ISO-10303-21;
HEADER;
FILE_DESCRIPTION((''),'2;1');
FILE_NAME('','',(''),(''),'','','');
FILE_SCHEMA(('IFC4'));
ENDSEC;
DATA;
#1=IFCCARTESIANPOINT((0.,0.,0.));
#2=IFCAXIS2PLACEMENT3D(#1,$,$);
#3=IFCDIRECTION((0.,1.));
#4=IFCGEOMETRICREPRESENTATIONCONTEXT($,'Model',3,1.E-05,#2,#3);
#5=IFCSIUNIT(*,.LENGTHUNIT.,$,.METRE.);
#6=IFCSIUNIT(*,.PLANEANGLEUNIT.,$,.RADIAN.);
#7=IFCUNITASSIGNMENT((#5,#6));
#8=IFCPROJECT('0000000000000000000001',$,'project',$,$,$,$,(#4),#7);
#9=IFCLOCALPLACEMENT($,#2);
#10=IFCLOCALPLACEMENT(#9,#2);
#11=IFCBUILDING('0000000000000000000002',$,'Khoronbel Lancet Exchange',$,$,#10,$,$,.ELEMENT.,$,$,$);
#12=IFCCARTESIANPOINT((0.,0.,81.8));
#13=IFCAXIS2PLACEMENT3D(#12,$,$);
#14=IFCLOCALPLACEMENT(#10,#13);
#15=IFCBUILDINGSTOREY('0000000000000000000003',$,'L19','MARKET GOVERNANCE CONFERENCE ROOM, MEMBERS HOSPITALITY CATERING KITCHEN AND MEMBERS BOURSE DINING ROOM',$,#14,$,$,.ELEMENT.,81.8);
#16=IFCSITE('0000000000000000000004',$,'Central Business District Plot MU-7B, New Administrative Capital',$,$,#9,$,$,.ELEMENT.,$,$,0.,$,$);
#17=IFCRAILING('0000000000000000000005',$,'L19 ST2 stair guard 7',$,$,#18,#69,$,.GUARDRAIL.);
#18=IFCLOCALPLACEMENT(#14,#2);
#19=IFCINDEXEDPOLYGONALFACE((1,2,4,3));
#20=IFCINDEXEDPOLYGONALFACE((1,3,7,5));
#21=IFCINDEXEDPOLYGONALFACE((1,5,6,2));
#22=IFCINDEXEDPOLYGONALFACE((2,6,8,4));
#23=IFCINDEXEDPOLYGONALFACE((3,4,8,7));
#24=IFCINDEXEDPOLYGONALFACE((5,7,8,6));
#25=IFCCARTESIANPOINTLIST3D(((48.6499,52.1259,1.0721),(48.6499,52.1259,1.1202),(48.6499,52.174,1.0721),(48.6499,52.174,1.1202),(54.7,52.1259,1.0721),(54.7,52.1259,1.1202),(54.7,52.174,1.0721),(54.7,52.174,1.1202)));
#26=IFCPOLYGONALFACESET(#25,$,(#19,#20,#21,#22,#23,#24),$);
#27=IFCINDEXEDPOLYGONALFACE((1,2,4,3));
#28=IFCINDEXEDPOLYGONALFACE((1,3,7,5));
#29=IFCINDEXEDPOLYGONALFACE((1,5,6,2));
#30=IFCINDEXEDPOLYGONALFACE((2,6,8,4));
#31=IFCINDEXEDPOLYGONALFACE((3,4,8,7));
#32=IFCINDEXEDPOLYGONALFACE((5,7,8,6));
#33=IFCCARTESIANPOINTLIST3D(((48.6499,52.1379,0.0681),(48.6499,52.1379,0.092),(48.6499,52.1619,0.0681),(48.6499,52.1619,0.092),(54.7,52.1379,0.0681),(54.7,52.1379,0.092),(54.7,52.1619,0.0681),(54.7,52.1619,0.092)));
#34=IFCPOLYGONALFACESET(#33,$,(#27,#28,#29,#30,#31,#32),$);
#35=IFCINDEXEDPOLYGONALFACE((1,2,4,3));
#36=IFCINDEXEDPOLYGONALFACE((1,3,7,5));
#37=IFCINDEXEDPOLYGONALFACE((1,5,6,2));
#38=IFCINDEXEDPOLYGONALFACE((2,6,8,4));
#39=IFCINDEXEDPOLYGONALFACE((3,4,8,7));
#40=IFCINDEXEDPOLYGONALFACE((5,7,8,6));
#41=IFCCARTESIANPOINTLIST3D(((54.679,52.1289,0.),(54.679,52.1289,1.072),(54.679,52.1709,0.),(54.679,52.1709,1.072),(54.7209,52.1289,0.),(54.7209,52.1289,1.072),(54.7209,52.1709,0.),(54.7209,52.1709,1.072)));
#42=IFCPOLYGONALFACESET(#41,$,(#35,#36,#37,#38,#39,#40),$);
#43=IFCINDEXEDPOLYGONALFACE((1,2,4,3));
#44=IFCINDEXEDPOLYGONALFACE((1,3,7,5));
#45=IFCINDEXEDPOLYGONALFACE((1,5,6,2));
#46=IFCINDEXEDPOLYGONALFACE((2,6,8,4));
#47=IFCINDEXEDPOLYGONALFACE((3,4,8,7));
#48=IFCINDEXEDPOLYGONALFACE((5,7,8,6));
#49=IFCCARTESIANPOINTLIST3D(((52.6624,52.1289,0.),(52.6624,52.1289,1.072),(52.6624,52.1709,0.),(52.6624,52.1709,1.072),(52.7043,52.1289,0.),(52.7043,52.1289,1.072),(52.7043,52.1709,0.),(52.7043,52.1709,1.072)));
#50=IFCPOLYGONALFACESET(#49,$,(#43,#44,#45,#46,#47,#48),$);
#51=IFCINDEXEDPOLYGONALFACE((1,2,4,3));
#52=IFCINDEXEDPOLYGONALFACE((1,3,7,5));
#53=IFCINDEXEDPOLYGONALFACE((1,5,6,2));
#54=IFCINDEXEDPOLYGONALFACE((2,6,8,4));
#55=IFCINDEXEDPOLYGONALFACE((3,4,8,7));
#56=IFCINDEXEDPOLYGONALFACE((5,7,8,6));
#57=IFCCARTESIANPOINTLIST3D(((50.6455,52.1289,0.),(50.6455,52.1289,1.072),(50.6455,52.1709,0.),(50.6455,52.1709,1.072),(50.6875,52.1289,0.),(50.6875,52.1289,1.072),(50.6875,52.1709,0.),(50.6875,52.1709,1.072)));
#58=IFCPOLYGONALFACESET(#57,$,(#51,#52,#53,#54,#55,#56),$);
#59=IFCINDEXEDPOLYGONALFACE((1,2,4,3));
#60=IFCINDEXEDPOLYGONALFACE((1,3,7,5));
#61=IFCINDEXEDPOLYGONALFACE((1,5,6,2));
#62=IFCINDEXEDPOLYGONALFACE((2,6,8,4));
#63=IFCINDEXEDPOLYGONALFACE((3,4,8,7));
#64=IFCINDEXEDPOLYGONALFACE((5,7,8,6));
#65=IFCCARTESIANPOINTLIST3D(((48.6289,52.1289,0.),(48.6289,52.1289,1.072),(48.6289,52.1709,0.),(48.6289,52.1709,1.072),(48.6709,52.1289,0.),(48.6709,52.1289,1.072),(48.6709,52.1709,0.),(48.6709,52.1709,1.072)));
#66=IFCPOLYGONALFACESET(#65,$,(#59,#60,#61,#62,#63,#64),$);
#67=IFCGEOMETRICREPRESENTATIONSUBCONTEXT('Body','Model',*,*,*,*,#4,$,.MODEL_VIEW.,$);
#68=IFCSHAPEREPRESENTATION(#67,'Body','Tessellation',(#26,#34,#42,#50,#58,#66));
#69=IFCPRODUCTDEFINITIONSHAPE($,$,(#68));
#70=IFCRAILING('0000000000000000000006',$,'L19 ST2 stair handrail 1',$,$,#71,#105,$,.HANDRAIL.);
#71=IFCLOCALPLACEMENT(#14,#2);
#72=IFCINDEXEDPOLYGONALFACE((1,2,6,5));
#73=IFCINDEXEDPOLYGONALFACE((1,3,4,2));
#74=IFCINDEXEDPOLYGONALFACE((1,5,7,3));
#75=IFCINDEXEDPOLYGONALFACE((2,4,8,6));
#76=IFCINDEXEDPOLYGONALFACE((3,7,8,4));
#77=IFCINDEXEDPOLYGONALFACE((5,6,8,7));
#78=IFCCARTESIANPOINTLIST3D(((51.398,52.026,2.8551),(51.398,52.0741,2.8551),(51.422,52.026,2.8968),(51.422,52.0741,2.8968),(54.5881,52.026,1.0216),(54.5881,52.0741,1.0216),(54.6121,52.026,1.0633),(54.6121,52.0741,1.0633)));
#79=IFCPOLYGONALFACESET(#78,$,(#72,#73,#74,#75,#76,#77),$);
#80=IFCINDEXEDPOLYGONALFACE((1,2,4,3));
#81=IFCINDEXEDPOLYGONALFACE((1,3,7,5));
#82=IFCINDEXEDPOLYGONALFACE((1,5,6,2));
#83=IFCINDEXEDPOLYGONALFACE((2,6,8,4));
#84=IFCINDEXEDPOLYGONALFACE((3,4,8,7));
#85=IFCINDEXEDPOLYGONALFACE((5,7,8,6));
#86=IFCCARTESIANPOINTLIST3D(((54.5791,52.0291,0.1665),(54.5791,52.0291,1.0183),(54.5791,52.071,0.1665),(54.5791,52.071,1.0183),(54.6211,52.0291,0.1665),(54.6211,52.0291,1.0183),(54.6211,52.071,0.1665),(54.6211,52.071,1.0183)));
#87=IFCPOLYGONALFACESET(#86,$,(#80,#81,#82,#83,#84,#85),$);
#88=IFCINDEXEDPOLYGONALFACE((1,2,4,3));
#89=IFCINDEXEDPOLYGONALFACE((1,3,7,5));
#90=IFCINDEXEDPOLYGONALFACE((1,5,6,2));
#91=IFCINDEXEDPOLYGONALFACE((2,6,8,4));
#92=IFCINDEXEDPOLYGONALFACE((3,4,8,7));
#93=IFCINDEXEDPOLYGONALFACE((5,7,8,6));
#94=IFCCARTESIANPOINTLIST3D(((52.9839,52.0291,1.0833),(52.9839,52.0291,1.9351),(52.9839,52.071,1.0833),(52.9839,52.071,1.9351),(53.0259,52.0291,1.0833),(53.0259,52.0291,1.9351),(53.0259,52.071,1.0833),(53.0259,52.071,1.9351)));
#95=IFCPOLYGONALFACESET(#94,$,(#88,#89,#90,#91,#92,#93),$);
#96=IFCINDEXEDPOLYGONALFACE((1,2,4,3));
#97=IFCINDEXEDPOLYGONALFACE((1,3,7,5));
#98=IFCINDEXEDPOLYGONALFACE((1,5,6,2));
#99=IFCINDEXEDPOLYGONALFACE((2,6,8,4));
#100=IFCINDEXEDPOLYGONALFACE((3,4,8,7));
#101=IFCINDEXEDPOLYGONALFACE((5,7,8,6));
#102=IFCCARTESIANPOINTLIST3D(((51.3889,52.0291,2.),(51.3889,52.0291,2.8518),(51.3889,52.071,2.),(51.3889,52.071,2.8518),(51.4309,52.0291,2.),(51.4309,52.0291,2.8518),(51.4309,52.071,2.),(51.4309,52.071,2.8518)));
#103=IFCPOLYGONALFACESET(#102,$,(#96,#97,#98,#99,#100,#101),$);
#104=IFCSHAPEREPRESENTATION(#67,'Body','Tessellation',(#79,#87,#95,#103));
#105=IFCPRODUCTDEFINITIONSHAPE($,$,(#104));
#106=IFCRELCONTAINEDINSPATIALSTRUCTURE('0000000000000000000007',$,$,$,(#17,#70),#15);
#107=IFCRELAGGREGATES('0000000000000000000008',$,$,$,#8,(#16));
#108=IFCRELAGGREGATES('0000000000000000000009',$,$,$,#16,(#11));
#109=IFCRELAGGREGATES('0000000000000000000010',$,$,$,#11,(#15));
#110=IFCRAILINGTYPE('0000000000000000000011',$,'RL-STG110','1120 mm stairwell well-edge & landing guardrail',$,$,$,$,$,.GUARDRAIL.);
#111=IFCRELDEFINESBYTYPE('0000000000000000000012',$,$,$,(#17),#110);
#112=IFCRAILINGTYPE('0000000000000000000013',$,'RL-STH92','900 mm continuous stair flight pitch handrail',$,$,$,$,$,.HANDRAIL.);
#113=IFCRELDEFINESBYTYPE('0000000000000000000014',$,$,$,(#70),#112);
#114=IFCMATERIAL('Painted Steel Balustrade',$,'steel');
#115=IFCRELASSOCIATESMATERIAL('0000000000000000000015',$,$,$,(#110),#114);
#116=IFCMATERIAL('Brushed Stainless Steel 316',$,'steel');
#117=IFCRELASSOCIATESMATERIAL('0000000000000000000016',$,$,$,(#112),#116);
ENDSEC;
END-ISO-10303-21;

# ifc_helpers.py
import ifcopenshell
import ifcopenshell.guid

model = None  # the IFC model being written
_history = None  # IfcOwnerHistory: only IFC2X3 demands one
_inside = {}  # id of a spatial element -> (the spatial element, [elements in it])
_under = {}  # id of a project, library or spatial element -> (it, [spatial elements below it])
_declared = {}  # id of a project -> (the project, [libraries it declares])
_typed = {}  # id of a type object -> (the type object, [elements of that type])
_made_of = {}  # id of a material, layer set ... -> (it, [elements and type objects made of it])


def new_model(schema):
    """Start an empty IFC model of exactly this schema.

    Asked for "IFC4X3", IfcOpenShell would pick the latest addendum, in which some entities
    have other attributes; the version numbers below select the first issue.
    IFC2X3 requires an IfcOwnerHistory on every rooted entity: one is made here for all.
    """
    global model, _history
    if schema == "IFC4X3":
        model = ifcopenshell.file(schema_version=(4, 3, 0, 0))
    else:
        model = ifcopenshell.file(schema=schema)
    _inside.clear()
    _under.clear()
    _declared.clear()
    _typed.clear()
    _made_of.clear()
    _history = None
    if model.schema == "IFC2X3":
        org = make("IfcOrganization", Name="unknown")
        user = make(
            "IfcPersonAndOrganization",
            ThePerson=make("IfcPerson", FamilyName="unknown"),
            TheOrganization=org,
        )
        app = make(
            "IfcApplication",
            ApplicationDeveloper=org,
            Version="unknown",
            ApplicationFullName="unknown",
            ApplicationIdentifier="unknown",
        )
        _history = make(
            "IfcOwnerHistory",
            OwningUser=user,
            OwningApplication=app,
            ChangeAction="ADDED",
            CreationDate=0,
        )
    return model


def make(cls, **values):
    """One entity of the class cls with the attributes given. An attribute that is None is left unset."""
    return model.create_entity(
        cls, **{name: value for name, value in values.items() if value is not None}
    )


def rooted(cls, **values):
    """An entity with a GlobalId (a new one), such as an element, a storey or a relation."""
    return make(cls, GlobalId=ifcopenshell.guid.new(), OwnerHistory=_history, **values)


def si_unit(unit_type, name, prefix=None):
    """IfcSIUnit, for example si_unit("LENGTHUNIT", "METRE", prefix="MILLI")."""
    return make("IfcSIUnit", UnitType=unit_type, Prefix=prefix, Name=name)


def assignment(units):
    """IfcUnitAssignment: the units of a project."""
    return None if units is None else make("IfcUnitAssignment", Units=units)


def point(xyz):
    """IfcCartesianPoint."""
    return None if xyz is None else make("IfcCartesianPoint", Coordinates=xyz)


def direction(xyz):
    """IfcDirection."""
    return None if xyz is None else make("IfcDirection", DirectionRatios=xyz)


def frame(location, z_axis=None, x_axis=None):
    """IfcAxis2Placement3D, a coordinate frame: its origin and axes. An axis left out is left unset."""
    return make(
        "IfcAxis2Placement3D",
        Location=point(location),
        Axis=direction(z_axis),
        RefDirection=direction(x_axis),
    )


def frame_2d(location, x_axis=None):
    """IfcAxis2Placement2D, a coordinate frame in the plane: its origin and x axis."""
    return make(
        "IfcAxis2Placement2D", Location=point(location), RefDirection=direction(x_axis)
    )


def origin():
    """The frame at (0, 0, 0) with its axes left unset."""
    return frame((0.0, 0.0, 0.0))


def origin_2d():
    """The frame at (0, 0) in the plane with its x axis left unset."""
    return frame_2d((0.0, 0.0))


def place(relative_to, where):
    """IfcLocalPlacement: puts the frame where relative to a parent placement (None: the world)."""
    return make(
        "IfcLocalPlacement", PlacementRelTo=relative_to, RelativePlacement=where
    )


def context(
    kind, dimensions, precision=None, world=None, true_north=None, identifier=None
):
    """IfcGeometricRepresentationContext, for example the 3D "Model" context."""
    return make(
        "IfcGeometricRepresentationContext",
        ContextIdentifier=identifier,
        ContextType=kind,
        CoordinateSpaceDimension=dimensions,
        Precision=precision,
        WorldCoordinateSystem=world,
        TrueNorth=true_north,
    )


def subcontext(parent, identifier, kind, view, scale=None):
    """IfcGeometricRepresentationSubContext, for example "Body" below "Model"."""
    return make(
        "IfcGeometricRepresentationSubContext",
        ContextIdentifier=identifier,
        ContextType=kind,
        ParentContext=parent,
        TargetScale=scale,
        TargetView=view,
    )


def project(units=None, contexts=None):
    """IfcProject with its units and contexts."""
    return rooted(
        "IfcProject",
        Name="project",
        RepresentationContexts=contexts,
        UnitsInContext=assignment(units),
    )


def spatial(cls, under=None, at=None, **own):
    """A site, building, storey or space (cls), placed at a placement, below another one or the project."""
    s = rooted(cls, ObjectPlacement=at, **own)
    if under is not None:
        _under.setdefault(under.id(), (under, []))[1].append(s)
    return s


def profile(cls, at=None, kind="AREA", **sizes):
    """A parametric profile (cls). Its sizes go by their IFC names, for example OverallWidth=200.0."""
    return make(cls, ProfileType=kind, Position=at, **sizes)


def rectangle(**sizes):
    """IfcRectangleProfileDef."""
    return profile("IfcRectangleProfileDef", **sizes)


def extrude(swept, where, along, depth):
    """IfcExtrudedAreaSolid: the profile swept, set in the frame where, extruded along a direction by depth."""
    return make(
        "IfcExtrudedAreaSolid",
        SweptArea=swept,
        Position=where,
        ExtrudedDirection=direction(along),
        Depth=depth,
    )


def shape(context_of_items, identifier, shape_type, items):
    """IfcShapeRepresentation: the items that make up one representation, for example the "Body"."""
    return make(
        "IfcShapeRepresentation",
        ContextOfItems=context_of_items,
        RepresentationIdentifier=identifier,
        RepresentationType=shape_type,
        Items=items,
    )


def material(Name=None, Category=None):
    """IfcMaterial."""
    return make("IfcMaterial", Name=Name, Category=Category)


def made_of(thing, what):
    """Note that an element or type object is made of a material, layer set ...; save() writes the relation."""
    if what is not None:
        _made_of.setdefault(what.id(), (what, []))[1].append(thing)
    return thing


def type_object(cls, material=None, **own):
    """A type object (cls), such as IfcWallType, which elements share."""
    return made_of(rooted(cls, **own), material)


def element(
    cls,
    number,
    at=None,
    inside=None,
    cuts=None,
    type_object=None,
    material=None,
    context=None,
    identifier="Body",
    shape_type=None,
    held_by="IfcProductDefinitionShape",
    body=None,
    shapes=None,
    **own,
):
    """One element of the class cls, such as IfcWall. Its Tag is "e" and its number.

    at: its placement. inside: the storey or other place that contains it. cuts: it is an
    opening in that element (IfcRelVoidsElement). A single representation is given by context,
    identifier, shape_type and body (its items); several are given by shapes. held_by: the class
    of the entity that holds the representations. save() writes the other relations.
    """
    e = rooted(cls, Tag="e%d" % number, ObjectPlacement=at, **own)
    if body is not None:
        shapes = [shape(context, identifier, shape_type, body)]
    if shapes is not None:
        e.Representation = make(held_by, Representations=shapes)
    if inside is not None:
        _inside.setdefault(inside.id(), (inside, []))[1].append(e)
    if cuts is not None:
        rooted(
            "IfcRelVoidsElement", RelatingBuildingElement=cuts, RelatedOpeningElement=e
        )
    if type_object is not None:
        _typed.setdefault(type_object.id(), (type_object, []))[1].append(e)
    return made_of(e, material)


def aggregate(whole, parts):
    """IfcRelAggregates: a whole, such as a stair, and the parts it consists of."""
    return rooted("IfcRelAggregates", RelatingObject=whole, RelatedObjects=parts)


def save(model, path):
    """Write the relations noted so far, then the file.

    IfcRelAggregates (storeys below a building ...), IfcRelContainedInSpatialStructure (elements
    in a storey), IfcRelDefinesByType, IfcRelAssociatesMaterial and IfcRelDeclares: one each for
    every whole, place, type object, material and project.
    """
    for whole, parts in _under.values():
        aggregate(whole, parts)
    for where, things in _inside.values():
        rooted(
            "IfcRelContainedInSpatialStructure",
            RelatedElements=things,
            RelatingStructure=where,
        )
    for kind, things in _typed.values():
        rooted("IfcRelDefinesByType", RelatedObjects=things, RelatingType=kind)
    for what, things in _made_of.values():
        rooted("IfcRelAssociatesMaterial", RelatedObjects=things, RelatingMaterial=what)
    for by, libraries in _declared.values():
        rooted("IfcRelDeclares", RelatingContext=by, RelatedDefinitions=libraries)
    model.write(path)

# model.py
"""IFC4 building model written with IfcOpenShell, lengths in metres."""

from ifc_helpers import new_model, si_unit, direction, frame, origin, origin_2d, place, context, subcontext, project, spatial, rectangle, extrude, material, type_object, element, save


model = new_model("IFC4")

# Units and contexts
model_context = context("Model", 3, precision=1e-05, world=origin(), true_north=direction((0.0, 1.0)))
body_context = subcontext(model_context, "Body", "Model", "MODEL_VIEW")
ifc_project = project(units=[si_unit("LENGTHUNIT", "METRE"), si_unit("PLANEANGLEUNIT", "RADIAN")], contexts=[model_context])

# Site, building, storey
site_placement = place(None, origin())
site = spatial("IfcSite", under=ifc_project, at=site_placement, Name="Central Business District Plot MU-7B, New Administrative Capital", CompositionType="ELEMENT", RefElevation=0.0)
building_placement = place(site_placement, origin())
building = spatial("IfcBuilding", under=site, at=building_placement, Name="Khoronbel Lancet Exchange", CompositionType="ELEMENT")
storey_placement = place(building_placement, frame((0.0, 0.0, 81.8)))
storey = spatial("IfcBuildingStorey", under=building, at=storey_placement, Name="L19", Description="MARKET GOVERNANCE CONFERENCE ROOM, MEMBERS HOSPITALITY CATERING KITCHEN AND MEMBERS BOURSE DINING ROOM", CompositionType="ELEMENT", Elevation=81.8)

# Railings
ifc_material_1 = material(Name="Painted Steel Balustrade", Category="steel")
railing_type_1 = type_object("IfcRailingType", Name="RL-STG110", Description="1120 mm stairwell well-edge & landing guardrail", PredefinedType="GUARDRAIL", material=ifc_material_1)
railing_1_placement = place(storey_placement, frame((54.7, 52.1499, 0.0)))
element("IfcRailing", 1, at=railing_1_placement, inside=storey, type_object=railing_type_1, Name="L19 ST2 stair guard 7", PredefinedType="GUARDRAIL", context=body_context, shape_type="SweptSolid", body=[
    extrude(rectangle(XDim=0.0481, YDim=0.0481, at=origin_2d()), frame((0.0, 0.0, 1.0962), z_axis=(-1.0, 0.0, 0.0), x_axis=(0.0, -1.0, 0.0)), (0.0, 0.0, 1.0), 6.05),
    extrude(rectangle(XDim=0.0239, YDim=0.0239, at=origin_2d()), frame((0.0, 0.0, 0.0801), z_axis=(-1.0, 0.0, 0.0), x_axis=(0.0, -1.0, 0.0)), (0.0, 0.0, 1.0), 6.05),
    extrude(rectangle(XDim=0.042, YDim=0.042, at=origin_2d()), origin(), (0.0, 0.0, 1.0), 1.072),
    extrude(rectangle(XDim=0.042, YDim=0.042, at=origin_2d()), frame((-2.0166, 0.0, 0.0)), (0.0, 0.0, 1.0), 1.072),
    extrude(rectangle(XDim=0.042, YDim=0.042, at=origin_2d()), frame((-4.0334, 0.0, 0.0)), (0.0, 0.0, 1.0), 1.072),
    extrude(rectangle(XDim=0.042, YDim=0.042, at=origin_2d()), frame((-6.05, 0.0, 0.0)), (0.0, 0.0, 1.0), 1.072),
])
ifc_material_2 = material(Name="Brushed Stainless Steel 316", Category="steel")
railing_type_2 = type_object("IfcRailingType", Name="RL-STH92", Description="900 mm continuous stair flight pitch handrail", PredefinedType="HANDRAIL", material=ifc_material_2)
railing_2_placement = place(storey_placement, frame((54.6001, 52.05, 0.1665)))
element("IfcRailing", 2, at=railing_2_placement, inside=storey, type_object=railing_type_2, Name="L19 ST2 stair handrail 1", PredefinedType="HANDRAIL", context=body_context, shape_type="SweptSolid", body=[
    extrude(rectangle(XDim=0.0481, YDim=0.0481, at=origin_2d()), frame((0.0, 0.0, 0.876), z_axis=(-0.867007, 0.0, 0.498295), x_axis=(0.0, -1.0, 0.0)), (0.0, 0.0, 1.0), 3.6794),
    extrude(rectangle(XDim=0.042, YDim=0.042, at=origin_2d()), origin(), (0.0, 0.0, 1.0), 0.8518),
    extrude(rectangle(XDim=0.042, YDim=0.042, at=origin_2d()), frame((-1.5952, 0.0, 0.9167)), (0.0, 0.0, 1.0), 0.8518),
    extrude(rectangle(XDim=0.042, YDim=0.042, at=origin_2d()), frame((-3.1902, 0.0, 1.8335)), (0.0, 0.0, 1.0), 0.8518),
])

save(model, "model.ifc")
